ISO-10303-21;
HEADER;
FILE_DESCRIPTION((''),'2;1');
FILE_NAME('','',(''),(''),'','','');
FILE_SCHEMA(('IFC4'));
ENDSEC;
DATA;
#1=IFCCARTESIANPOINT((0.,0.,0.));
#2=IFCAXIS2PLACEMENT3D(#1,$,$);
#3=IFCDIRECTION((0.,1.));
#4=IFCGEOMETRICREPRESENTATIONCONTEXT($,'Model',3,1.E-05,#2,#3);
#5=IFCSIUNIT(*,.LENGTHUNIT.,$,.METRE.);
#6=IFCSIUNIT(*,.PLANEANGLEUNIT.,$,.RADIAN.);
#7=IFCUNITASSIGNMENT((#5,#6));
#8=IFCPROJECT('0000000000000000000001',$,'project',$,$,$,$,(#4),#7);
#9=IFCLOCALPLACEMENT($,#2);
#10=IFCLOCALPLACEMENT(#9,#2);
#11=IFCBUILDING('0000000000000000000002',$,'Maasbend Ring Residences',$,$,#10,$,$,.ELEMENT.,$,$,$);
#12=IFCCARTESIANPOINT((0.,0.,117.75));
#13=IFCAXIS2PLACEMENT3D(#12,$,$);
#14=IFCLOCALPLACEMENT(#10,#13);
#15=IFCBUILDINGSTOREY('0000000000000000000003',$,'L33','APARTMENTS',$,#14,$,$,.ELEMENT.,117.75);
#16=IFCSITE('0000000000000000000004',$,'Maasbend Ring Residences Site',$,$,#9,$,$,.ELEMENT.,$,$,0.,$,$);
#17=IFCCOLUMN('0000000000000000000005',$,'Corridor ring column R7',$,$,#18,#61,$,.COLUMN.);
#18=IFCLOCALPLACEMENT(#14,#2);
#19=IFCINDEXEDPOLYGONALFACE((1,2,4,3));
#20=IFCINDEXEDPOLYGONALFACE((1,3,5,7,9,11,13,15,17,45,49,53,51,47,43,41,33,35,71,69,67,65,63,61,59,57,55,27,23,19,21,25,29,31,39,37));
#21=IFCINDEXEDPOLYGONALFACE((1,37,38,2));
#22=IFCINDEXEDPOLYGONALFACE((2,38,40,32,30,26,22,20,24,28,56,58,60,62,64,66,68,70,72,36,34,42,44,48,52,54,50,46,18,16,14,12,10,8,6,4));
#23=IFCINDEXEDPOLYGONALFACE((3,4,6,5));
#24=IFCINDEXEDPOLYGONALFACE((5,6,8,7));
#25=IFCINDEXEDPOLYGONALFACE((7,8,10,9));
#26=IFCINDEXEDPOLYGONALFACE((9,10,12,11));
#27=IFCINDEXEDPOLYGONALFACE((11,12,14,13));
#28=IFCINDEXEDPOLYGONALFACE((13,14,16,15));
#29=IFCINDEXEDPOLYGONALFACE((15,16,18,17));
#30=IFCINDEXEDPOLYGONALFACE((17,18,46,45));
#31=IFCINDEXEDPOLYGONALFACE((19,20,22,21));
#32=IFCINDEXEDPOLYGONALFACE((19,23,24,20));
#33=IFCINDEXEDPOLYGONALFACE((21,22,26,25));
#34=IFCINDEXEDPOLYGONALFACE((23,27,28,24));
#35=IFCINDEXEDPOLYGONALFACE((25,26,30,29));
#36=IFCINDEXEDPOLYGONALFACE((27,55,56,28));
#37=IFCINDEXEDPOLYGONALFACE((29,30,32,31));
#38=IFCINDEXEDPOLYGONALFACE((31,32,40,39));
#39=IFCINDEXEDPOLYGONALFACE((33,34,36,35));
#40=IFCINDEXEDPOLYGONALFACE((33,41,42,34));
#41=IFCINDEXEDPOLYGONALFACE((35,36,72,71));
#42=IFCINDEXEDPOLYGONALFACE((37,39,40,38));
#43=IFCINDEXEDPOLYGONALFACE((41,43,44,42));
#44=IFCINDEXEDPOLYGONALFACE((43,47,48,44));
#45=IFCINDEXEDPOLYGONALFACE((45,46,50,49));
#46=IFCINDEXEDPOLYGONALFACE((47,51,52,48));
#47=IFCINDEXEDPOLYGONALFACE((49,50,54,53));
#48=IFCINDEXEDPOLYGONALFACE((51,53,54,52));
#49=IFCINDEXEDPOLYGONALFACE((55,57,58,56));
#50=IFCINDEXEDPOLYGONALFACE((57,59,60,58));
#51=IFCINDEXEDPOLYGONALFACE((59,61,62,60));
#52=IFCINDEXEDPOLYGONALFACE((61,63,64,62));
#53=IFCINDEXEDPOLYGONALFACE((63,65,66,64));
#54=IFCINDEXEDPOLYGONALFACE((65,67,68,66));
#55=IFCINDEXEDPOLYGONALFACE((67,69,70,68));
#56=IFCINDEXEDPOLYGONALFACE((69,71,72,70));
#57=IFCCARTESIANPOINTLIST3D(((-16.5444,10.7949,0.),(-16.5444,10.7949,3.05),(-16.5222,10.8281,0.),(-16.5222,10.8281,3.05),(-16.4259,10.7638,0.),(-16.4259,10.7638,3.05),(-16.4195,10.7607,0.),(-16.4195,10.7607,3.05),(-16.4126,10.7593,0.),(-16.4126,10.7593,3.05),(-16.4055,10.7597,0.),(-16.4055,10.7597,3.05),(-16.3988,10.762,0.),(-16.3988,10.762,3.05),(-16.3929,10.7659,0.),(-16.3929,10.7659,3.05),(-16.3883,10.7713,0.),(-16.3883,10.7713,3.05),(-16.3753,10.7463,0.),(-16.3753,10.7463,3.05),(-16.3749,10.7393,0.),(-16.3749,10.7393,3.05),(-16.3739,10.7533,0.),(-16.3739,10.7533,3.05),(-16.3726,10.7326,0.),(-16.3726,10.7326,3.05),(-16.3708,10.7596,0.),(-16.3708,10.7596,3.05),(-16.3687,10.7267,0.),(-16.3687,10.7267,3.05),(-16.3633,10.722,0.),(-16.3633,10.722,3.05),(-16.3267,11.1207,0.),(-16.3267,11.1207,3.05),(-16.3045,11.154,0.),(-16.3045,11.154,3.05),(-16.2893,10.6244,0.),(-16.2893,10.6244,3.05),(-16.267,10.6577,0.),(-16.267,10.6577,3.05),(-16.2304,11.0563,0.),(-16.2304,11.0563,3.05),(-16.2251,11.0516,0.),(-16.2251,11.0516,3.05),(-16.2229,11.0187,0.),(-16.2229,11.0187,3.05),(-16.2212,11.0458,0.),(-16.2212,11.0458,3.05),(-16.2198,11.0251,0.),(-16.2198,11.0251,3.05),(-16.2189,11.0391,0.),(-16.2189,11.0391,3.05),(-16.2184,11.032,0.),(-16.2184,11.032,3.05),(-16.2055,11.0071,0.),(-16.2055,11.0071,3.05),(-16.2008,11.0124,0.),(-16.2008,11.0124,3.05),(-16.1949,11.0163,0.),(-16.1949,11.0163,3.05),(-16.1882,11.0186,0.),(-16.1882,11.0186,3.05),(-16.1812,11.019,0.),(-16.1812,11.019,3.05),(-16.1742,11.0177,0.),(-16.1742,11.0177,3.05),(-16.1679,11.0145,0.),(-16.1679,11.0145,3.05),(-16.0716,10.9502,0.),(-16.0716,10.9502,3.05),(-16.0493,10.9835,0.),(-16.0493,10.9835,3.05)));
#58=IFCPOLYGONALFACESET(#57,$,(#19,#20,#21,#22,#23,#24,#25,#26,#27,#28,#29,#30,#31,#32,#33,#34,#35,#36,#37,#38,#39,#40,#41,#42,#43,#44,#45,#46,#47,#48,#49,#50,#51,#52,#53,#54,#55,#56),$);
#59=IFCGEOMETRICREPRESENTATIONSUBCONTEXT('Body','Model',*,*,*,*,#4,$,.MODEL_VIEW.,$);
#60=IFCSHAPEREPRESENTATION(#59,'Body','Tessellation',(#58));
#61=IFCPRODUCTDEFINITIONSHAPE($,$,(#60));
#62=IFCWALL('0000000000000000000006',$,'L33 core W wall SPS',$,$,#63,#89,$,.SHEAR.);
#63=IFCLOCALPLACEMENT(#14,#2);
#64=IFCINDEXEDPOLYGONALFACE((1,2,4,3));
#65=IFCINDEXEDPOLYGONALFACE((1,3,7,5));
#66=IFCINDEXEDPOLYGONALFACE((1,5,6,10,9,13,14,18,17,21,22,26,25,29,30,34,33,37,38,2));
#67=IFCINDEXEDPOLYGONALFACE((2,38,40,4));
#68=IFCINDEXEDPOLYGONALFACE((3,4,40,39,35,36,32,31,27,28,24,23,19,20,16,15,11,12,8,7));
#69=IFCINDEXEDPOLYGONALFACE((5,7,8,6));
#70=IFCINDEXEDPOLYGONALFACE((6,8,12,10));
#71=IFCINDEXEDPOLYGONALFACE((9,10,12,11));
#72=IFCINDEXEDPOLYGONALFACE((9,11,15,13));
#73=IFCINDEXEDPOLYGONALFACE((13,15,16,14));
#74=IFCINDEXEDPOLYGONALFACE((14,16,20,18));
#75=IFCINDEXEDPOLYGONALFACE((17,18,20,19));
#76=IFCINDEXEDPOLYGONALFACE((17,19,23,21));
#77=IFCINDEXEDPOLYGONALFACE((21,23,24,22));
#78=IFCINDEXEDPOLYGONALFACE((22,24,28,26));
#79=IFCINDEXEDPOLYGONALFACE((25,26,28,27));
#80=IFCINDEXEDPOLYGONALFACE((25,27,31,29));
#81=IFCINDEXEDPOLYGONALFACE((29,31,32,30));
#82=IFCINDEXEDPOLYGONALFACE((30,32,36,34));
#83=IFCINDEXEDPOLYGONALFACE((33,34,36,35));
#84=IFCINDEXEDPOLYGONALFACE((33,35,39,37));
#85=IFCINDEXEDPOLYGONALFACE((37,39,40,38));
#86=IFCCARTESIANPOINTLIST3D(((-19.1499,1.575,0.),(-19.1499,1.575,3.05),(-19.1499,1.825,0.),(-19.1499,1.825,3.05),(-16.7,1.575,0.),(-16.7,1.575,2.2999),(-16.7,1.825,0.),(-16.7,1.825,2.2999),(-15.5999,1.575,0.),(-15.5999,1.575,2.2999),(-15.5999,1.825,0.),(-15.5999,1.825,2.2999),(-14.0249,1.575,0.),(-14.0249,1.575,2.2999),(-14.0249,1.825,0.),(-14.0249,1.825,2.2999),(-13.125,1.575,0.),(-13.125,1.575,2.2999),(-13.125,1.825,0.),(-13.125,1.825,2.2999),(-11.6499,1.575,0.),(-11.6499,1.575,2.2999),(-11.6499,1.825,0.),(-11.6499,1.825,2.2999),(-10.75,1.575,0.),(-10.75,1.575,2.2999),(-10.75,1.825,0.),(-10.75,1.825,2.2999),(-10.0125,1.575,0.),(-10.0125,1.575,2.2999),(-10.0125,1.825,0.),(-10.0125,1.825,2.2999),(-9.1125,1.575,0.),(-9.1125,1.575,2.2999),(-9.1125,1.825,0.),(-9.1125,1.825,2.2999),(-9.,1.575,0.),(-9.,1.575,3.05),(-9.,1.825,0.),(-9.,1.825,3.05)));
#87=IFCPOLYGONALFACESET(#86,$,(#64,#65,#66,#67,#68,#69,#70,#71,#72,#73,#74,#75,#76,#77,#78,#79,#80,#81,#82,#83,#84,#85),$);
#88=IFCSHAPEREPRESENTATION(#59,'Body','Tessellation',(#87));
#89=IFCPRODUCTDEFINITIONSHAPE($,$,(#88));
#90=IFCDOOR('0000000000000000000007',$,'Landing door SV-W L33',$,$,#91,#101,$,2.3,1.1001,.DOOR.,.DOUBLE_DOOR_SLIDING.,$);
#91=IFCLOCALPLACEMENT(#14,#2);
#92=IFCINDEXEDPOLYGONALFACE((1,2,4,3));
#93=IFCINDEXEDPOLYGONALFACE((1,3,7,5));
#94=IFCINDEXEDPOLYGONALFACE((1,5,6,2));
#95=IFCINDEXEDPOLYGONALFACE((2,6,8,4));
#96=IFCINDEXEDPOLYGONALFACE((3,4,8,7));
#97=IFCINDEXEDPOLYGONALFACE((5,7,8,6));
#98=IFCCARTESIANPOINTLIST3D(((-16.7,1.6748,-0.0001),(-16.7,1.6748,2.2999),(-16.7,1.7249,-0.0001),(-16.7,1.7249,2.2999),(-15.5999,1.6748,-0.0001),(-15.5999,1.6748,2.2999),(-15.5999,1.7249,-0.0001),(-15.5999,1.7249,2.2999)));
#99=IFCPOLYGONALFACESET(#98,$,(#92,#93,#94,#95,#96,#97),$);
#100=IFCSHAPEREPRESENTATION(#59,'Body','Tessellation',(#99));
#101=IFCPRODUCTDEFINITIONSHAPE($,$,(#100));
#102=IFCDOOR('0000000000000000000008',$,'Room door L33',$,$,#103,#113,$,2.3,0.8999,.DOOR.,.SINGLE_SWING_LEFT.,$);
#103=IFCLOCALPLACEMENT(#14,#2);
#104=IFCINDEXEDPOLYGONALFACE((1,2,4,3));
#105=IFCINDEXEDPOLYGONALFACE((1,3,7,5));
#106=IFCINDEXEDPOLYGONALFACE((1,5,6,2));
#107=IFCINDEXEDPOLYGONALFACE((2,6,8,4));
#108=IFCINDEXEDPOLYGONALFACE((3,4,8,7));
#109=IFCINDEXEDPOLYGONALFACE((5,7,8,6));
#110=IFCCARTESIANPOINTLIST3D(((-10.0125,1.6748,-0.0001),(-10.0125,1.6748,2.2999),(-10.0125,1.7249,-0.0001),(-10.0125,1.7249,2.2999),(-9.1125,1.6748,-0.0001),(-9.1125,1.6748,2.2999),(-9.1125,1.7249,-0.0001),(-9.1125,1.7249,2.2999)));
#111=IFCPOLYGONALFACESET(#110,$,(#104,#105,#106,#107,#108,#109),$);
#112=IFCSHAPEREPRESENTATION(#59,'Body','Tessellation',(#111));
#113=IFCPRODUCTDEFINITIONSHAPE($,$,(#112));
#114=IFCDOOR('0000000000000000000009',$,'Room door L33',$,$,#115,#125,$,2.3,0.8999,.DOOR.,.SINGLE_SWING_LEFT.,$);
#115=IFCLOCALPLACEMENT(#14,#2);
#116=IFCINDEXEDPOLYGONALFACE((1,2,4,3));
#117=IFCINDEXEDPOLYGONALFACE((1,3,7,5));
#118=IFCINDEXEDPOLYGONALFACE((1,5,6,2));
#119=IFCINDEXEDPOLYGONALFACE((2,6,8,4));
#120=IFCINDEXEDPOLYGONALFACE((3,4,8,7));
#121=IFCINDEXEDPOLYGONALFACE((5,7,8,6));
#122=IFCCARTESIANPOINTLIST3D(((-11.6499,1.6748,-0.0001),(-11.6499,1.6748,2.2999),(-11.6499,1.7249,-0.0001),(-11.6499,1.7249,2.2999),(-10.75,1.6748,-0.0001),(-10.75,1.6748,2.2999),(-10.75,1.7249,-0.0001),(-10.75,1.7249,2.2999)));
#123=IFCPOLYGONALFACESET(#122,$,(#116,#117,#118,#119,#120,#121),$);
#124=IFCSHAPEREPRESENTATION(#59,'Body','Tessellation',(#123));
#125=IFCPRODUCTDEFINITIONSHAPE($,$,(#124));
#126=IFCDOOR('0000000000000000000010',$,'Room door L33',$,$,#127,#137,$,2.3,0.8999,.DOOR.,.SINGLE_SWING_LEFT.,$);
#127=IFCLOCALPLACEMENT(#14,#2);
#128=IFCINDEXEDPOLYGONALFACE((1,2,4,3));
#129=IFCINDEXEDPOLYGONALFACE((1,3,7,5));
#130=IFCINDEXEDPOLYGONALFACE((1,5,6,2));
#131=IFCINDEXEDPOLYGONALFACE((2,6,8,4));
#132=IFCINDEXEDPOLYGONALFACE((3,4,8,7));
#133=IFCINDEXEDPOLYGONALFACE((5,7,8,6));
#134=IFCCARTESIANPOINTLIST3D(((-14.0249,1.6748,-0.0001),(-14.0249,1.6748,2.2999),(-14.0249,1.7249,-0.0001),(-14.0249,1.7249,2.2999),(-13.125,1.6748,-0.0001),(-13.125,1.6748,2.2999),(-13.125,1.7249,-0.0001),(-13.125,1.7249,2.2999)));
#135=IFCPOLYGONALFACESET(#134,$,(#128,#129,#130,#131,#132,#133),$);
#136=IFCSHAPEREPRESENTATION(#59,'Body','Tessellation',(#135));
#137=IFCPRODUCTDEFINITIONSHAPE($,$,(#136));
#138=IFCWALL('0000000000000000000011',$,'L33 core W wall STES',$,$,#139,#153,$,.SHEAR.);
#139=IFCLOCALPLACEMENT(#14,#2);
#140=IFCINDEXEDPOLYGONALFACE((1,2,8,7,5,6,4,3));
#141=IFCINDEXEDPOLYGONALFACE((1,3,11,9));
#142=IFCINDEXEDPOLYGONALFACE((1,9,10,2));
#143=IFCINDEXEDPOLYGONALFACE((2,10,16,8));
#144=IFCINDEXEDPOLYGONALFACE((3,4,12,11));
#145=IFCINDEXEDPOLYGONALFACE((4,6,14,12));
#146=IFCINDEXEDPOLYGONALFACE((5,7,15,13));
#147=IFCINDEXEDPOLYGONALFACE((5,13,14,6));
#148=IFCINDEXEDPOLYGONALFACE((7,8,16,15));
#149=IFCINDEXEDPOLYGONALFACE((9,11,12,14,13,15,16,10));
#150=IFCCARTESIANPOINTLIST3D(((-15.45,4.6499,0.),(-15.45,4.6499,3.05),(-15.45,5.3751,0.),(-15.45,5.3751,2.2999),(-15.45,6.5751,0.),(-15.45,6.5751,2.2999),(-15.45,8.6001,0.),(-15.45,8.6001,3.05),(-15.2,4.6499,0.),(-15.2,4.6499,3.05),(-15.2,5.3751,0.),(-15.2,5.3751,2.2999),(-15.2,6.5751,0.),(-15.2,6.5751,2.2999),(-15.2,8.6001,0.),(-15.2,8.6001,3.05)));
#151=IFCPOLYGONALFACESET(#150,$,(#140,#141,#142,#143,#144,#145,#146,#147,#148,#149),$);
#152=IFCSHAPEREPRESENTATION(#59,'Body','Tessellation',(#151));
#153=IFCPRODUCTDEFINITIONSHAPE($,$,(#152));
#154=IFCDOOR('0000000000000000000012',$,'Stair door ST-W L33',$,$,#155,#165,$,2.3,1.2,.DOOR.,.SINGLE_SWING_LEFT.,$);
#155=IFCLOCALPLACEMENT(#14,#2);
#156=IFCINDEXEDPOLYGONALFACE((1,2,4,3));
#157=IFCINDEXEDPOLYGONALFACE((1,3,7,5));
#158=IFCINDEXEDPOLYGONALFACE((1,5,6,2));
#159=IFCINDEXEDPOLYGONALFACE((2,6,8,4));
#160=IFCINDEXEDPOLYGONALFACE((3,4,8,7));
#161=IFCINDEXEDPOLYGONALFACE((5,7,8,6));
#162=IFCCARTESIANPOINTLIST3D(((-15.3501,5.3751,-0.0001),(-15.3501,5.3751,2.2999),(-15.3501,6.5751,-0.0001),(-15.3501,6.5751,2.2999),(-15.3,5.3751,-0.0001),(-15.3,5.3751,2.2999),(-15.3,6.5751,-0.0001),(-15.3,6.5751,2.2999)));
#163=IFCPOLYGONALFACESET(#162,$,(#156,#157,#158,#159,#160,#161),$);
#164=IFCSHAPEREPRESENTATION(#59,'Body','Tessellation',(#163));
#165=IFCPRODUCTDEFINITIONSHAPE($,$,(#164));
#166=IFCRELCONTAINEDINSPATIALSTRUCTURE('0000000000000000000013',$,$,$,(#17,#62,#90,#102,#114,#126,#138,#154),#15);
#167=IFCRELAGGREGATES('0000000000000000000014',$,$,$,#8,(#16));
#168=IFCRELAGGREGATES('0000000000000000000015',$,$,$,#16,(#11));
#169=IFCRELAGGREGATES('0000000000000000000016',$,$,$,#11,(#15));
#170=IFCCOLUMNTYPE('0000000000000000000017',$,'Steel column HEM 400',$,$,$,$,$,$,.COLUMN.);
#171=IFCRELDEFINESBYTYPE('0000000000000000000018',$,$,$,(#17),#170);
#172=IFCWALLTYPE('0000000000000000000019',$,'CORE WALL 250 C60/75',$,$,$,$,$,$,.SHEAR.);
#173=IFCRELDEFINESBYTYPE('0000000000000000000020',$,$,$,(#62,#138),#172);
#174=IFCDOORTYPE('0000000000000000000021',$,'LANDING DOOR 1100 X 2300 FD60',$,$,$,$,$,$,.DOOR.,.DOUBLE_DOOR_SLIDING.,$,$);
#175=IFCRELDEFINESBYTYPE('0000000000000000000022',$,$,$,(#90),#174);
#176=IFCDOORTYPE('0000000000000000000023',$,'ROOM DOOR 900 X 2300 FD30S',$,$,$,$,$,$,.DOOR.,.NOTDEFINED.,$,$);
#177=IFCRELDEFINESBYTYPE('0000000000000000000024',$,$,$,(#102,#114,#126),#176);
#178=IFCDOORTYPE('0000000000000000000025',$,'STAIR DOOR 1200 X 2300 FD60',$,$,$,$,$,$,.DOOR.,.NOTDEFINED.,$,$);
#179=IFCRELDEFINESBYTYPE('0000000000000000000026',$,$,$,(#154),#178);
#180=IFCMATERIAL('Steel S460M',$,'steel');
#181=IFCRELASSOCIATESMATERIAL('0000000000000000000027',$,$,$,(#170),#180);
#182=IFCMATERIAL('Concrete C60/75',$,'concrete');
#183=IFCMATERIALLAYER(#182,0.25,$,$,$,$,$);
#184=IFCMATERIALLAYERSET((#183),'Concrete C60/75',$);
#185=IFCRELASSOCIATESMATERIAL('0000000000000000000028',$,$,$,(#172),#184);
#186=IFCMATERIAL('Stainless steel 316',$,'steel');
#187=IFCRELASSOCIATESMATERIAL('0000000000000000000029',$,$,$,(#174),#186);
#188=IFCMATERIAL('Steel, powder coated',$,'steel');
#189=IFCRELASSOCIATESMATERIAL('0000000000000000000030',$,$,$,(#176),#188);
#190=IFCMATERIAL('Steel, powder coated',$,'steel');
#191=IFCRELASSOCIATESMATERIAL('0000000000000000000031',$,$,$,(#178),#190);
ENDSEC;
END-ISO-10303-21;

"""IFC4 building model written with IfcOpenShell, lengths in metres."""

from ifc_helpers import new_model, si_unit, direction, frame, frame_2d, origin, origin_2d, place, context, subcontext, project, spatial, rectangle, i_section, extrude, material, layer, layer_set, material_profile, profile_set, type_object, element, fill, save


model = new_model("IFC4")

# Units and contexts
model_context = context("Model", 3, precision=1e-05, world=origin(), true_north=direction((0.0, 1.0)))
body_context = subcontext(model_context, "Body", "Model", "MODEL_VIEW")
ifc_project = project(units=[si_unit("LENGTHUNIT", "METRE"), si_unit("PLANEANGLEUNIT", "RADIAN")], contexts=[model_context])

# Site, building, storey
site_placement = place(None, origin())
site = spatial("IfcSite", under=ifc_project, at=site_placement, Name="Maasbend Ring Residences Site", CompositionType="ELEMENT", RefElevation=0.0)
building_placement = place(site_placement, origin())
building = spatial("IfcBuilding", under=site, at=building_placement, Name="Maasbend Ring Residences", CompositionType="ELEMENT")
storey_placement = place(building_placement, frame((0.0, 0.0, 117.75)))
storey = spatial("IfcBuildingStorey", under=building, at=storey_placement, Name="L33", Description="APARTMENTS", CompositionType="ELEMENT", Elevation=117.75)

# Column
ifc_material_1 = material(Name="Steel S460M", Category="steel")
ifc_material_profile = material_profile(ifc_material_1, i_section(OverallWidth=0.3069, OverallDepth=0.4319, WebThickness=0.021, FlangeThickness=0.04, FilletRadius=0.0271, at=origin_2d()), Name="HEM 400")
ifc_profile_set = profile_set([ifc_material_profile], Name="Steel S460M")
column_type = type_object("IfcColumnType", Name="Steel column HEM 400", PredefinedType="COLUMN", material=ifc_profile_set)
column_placement = place(storey_placement, frame((-16.2969, 10.8892, 0.0), z_axis=(0.0, 0.0, 1.0), x_axis=(-0.83147, 0.55557, 0.0)))
element("IfcColumn", 1, at=column_placement, inside=storey, type_object=column_type, Name="Corridor ring column R7", PredefinedType="COLUMN", context=body_context, shape_type="SweptSolid", body=[
    extrude(i_section(OverallWidth=0.3069, OverallDepth=0.4319, WebThickness=0.021, FlangeThickness=0.04, FilletRadius=0.0271, at=origin_2d()), origin(), (0.0, 0.0, 1.0), 3.05),
])

# Wall, openings, doors
ifc_material_2 = material(Name="Concrete C60/75", Category="concrete")
ifc_layer_1 = layer(ifc_material_2, 0.25)
ifc_layer_set_1 = layer_set([ifc_layer_1], Name="Concrete C60/75")
wall_type_1 = type_object("IfcWallType", Name="CORE WALL 250 C60/75", PredefinedType="SHEAR", material=ifc_layer_set_1)
wall_1_placement = place(storey_placement, frame((-19.1499, 1.7, 0.0), z_axis=(0.0, 0.0, 1.0), x_axis=(1.0, 0.0, 0.0)))
wall_1 = element("IfcWall", 2, at=wall_1_placement, inside=storey, type_object=wall_type_1, Name="L33 core W wall SPS", PredefinedType="SHEAR", context=body_context, shape_type="SweptSolid", body=[
    extrude(rectangle(XDim=10.1499, YDim=0.25, at=frame_2d((5.075, 0.0))), origin(), (0.0, 0.0, 1.0), 3.05),
])
opening_1_placement = place(wall_1_placement, frame((2.45, 0.0, 0.0)))
opening_1 = element("IfcOpeningElement", 3, at=opening_1_placement, cuts=wall_1, PredefinedType="OPENING", context=body_context, shape_type="SweptSolid", body=[
    extrude(rectangle(XDim=1.1001, YDim=2.3, at=frame_2d((0.55, 1.1499))), frame((0.0, 0.135, 0.0), z_axis=(0.0, -1.0, 0.0), x_axis=(1.0, 0.0, 0.0)), (0.0, 0.0, 1.0), 0.27),
])
opening_2_placement = place(wall_1_placement, frame((9.1375, 0.0, 0.0)))
opening_2 = element("IfcOpeningElement", 4, at=opening_2_placement, cuts=wall_1, PredefinedType="OPENING", context=body_context, shape_type="SweptSolid", body=[
    extrude(rectangle(XDim=0.8999, YDim=2.3, at=frame_2d((0.45, 1.1499))), frame((0.0, 0.135, 0.0), z_axis=(0.0, -1.0, 0.0), x_axis=(1.0, 0.0, 0.0)), (0.0, 0.0, 1.0), 0.27),
])
opening_3_placement = place(wall_1_placement, frame((7.5, 0.0, 0.0)))
opening_3 = element("IfcOpeningElement", 5, at=opening_3_placement, cuts=wall_1, PredefinedType="OPENING", context=body_context, shape_type="SweptSolid", body=[
    extrude(rectangle(XDim=0.8999, YDim=2.3, at=frame_2d((0.45, 1.1499))), frame((0.0, 0.135, 0.0), z_axis=(0.0, -1.0, 0.0), x_axis=(1.0, 0.0, 0.0)), (0.0, 0.0, 1.0), 0.27),
])
opening_4_placement = place(wall_1_placement, frame((5.125, 0.0, 0.0)))
opening_4 = element("IfcOpeningElement", 6, at=opening_4_placement, cuts=wall_1, PredefinedType="OPENING", context=body_context, shape_type="SweptSolid", body=[
    extrude(rectangle(XDim=0.8999, YDim=2.3, at=frame_2d((0.45, 1.1499))), frame((0.0, 0.135, 0.0), z_axis=(0.0, -1.0, 0.0), x_axis=(1.0, 0.0, 0.0)), (0.0, 0.0, 1.0), 0.27),
])
ifc_material_3 = material(Name="Stainless steel 316", Category="steel")
door_type_1 = type_object("IfcDoorType", Name="LANDING DOOR 1100 X 2300 FD60", OperationType="DOUBLE_DOOR_SLIDING", PredefinedType="DOOR", material=ifc_material_3)
door_1_placement = place(opening_1_placement, origin())
door_1 = element("IfcDoor", 7, at=door_1_placement, inside=storey, type_object=door_type_1, Name="Landing door SV-W L33", OperationType="DOUBLE_DOOR_SLIDING", OverallHeight=2.3, OverallWidth=1.1001, PredefinedType="DOOR", context=body_context, shape_type="SweptSolid", body=[
    extrude(rectangle(XDim=1.1001, YDim=2.3, at=frame_2d((0.55, 1.1499))), frame((0.0, 0.0249, 0.0), z_axis=(0.0, -1.0, 0.0), x_axis=(1.0, 0.0, 0.0)), (0.0, 0.0, 1.0), 0.05),
])
fill(opening_1, door_1)
ifc_material_4 = material(Name="Steel, powder coated", Category="steel")
door_type_2 = type_object("IfcDoorType", Name="ROOM DOOR 900 X 2300 FD30S", OperationType="NOTDEFINED", PredefinedType="DOOR", material=ifc_material_4)
door_2_placement = place(opening_2_placement, origin())
door_2 = element("IfcDoor", 8, at=door_2_placement, inside=storey, type_object=door_type_2, Name="Room door L33", OperationType="SINGLE_SWING_LEFT", OverallHeight=2.3, OverallWidth=0.8999, PredefinedType="DOOR", context=body_context, shape_type="SweptSolid", body=[
    extrude(rectangle(XDim=0.8999, YDim=2.3, at=frame_2d((0.45, 1.1499))), frame((0.0, 0.0249, 0.0), z_axis=(0.0, -1.0, 0.0), x_axis=(1.0, 0.0, 0.0)), (0.0, 0.0, 1.0), 0.05),
])
fill(opening_2, door_2)
door_3_placement = place(opening_3_placement, origin())
door_3 = element("IfcDoor", 9, at=door_3_placement, inside=storey, type_object=door_type_2, Name="Room door L33", OperationType="SINGLE_SWING_LEFT", OverallHeight=2.3, OverallWidth=0.8999, PredefinedType="DOOR", context=body_context, shape_type="SweptSolid", body=[
    extrude(rectangle(XDim=0.8999, YDim=2.3, at=frame_2d((0.45, 1.1499))), frame((0.0, 0.0249, 0.0), z_axis=(0.0, -1.0, 0.0), x_axis=(1.0, 0.0, 0.0)), (0.0, 0.0, 1.0), 0.05),
])
fill(opening_3, door_3)
door_4_placement = place(opening_4_placement, origin())
door_4 = element("IfcDoor", 10, at=door_4_placement, inside=storey, type_object=door_type_2, Name="Room door L33", OperationType="SINGLE_SWING_LEFT", OverallHeight=2.3, OverallWidth=0.8999, PredefinedType="DOOR", context=body_context, shape_type="SweptSolid", body=[
    extrude(rectangle(XDim=0.8999, YDim=2.3, at=frame_2d((0.45, 1.1499))), frame((0.0, 0.0249, 0.0), z_axis=(0.0, -1.0, 0.0), x_axis=(1.0, 0.0, 0.0)), (0.0, 0.0, 1.0), 0.05),
])
fill(opening_4, door_4)

# Wall, opening, door
wall_2_placement = place(storey_placement, frame((-15.325, 8.6001, 0.0), z_axis=(0.0, 0.0, 1.0), x_axis=(0.0, -1.0, 0.0)))
wall_2 = element("IfcWall", 11, at=wall_2_placement, inside=storey, type_object=wall_type_1, Name="L33 core W wall STES", PredefinedType="SHEAR", context=body_context, shape_type="SweptSolid", body=[
    extrude(rectangle(XDim=3.9502, YDim=0.25, at=frame_2d((1.9751, 0.0))), origin(), (0.0, 0.0, 1.0), 3.05),
])
opening_5_placement = place(wall_2_placement, frame((2.0249, 0.0, 0.0)))
opening_5 = element("IfcOpeningElement", 12, at=opening_5_placement, cuts=wall_2, PredefinedType="OPENING", context=body_context, shape_type="SweptSolid", body=[
    extrude(rectangle(XDim=1.2, YDim=2.3, at=frame_2d((0.6001, 1.1499))), frame((0.0, 0.135, 0.0), z_axis=(0.0, -1.0, 0.0), x_axis=(1.0, 0.0, 0.0)), (0.0, 0.0, 1.0), 0.27),
])
ifc_material_5 = material(Name="Steel, powder coated", Category="steel")
door_type_3 = type_object("IfcDoorType", Name="STAIR DOOR 1200 X 2300 FD60", OperationType="NOTDEFINED", PredefinedType="DOOR", material=ifc_material_5)
door_5_placement = place(opening_5_placement, origin())
door_5 = element("IfcDoor", 13, at=door_5_placement, inside=storey, type_object=door_type_3, Name="Stair door ST-W L33", OperationType="SINGLE_SWING_LEFT", OverallHeight=2.3, OverallWidth=1.2, PredefinedType="DOOR", context=body_context, shape_type="SweptSolid", body=[
    extrude(rectangle(XDim=1.2, YDim=2.3, at=frame_2d((0.6001, 1.1499))), frame((0.0, 0.0249, 0.0), z_axis=(0.0, -1.0, 0.0), x_axis=(1.0, 0.0, 0.0)), (0.0, 0.0, 1.0), 0.05),
])
fill(opening_5, door_5)

save(model, "model.ifc")
